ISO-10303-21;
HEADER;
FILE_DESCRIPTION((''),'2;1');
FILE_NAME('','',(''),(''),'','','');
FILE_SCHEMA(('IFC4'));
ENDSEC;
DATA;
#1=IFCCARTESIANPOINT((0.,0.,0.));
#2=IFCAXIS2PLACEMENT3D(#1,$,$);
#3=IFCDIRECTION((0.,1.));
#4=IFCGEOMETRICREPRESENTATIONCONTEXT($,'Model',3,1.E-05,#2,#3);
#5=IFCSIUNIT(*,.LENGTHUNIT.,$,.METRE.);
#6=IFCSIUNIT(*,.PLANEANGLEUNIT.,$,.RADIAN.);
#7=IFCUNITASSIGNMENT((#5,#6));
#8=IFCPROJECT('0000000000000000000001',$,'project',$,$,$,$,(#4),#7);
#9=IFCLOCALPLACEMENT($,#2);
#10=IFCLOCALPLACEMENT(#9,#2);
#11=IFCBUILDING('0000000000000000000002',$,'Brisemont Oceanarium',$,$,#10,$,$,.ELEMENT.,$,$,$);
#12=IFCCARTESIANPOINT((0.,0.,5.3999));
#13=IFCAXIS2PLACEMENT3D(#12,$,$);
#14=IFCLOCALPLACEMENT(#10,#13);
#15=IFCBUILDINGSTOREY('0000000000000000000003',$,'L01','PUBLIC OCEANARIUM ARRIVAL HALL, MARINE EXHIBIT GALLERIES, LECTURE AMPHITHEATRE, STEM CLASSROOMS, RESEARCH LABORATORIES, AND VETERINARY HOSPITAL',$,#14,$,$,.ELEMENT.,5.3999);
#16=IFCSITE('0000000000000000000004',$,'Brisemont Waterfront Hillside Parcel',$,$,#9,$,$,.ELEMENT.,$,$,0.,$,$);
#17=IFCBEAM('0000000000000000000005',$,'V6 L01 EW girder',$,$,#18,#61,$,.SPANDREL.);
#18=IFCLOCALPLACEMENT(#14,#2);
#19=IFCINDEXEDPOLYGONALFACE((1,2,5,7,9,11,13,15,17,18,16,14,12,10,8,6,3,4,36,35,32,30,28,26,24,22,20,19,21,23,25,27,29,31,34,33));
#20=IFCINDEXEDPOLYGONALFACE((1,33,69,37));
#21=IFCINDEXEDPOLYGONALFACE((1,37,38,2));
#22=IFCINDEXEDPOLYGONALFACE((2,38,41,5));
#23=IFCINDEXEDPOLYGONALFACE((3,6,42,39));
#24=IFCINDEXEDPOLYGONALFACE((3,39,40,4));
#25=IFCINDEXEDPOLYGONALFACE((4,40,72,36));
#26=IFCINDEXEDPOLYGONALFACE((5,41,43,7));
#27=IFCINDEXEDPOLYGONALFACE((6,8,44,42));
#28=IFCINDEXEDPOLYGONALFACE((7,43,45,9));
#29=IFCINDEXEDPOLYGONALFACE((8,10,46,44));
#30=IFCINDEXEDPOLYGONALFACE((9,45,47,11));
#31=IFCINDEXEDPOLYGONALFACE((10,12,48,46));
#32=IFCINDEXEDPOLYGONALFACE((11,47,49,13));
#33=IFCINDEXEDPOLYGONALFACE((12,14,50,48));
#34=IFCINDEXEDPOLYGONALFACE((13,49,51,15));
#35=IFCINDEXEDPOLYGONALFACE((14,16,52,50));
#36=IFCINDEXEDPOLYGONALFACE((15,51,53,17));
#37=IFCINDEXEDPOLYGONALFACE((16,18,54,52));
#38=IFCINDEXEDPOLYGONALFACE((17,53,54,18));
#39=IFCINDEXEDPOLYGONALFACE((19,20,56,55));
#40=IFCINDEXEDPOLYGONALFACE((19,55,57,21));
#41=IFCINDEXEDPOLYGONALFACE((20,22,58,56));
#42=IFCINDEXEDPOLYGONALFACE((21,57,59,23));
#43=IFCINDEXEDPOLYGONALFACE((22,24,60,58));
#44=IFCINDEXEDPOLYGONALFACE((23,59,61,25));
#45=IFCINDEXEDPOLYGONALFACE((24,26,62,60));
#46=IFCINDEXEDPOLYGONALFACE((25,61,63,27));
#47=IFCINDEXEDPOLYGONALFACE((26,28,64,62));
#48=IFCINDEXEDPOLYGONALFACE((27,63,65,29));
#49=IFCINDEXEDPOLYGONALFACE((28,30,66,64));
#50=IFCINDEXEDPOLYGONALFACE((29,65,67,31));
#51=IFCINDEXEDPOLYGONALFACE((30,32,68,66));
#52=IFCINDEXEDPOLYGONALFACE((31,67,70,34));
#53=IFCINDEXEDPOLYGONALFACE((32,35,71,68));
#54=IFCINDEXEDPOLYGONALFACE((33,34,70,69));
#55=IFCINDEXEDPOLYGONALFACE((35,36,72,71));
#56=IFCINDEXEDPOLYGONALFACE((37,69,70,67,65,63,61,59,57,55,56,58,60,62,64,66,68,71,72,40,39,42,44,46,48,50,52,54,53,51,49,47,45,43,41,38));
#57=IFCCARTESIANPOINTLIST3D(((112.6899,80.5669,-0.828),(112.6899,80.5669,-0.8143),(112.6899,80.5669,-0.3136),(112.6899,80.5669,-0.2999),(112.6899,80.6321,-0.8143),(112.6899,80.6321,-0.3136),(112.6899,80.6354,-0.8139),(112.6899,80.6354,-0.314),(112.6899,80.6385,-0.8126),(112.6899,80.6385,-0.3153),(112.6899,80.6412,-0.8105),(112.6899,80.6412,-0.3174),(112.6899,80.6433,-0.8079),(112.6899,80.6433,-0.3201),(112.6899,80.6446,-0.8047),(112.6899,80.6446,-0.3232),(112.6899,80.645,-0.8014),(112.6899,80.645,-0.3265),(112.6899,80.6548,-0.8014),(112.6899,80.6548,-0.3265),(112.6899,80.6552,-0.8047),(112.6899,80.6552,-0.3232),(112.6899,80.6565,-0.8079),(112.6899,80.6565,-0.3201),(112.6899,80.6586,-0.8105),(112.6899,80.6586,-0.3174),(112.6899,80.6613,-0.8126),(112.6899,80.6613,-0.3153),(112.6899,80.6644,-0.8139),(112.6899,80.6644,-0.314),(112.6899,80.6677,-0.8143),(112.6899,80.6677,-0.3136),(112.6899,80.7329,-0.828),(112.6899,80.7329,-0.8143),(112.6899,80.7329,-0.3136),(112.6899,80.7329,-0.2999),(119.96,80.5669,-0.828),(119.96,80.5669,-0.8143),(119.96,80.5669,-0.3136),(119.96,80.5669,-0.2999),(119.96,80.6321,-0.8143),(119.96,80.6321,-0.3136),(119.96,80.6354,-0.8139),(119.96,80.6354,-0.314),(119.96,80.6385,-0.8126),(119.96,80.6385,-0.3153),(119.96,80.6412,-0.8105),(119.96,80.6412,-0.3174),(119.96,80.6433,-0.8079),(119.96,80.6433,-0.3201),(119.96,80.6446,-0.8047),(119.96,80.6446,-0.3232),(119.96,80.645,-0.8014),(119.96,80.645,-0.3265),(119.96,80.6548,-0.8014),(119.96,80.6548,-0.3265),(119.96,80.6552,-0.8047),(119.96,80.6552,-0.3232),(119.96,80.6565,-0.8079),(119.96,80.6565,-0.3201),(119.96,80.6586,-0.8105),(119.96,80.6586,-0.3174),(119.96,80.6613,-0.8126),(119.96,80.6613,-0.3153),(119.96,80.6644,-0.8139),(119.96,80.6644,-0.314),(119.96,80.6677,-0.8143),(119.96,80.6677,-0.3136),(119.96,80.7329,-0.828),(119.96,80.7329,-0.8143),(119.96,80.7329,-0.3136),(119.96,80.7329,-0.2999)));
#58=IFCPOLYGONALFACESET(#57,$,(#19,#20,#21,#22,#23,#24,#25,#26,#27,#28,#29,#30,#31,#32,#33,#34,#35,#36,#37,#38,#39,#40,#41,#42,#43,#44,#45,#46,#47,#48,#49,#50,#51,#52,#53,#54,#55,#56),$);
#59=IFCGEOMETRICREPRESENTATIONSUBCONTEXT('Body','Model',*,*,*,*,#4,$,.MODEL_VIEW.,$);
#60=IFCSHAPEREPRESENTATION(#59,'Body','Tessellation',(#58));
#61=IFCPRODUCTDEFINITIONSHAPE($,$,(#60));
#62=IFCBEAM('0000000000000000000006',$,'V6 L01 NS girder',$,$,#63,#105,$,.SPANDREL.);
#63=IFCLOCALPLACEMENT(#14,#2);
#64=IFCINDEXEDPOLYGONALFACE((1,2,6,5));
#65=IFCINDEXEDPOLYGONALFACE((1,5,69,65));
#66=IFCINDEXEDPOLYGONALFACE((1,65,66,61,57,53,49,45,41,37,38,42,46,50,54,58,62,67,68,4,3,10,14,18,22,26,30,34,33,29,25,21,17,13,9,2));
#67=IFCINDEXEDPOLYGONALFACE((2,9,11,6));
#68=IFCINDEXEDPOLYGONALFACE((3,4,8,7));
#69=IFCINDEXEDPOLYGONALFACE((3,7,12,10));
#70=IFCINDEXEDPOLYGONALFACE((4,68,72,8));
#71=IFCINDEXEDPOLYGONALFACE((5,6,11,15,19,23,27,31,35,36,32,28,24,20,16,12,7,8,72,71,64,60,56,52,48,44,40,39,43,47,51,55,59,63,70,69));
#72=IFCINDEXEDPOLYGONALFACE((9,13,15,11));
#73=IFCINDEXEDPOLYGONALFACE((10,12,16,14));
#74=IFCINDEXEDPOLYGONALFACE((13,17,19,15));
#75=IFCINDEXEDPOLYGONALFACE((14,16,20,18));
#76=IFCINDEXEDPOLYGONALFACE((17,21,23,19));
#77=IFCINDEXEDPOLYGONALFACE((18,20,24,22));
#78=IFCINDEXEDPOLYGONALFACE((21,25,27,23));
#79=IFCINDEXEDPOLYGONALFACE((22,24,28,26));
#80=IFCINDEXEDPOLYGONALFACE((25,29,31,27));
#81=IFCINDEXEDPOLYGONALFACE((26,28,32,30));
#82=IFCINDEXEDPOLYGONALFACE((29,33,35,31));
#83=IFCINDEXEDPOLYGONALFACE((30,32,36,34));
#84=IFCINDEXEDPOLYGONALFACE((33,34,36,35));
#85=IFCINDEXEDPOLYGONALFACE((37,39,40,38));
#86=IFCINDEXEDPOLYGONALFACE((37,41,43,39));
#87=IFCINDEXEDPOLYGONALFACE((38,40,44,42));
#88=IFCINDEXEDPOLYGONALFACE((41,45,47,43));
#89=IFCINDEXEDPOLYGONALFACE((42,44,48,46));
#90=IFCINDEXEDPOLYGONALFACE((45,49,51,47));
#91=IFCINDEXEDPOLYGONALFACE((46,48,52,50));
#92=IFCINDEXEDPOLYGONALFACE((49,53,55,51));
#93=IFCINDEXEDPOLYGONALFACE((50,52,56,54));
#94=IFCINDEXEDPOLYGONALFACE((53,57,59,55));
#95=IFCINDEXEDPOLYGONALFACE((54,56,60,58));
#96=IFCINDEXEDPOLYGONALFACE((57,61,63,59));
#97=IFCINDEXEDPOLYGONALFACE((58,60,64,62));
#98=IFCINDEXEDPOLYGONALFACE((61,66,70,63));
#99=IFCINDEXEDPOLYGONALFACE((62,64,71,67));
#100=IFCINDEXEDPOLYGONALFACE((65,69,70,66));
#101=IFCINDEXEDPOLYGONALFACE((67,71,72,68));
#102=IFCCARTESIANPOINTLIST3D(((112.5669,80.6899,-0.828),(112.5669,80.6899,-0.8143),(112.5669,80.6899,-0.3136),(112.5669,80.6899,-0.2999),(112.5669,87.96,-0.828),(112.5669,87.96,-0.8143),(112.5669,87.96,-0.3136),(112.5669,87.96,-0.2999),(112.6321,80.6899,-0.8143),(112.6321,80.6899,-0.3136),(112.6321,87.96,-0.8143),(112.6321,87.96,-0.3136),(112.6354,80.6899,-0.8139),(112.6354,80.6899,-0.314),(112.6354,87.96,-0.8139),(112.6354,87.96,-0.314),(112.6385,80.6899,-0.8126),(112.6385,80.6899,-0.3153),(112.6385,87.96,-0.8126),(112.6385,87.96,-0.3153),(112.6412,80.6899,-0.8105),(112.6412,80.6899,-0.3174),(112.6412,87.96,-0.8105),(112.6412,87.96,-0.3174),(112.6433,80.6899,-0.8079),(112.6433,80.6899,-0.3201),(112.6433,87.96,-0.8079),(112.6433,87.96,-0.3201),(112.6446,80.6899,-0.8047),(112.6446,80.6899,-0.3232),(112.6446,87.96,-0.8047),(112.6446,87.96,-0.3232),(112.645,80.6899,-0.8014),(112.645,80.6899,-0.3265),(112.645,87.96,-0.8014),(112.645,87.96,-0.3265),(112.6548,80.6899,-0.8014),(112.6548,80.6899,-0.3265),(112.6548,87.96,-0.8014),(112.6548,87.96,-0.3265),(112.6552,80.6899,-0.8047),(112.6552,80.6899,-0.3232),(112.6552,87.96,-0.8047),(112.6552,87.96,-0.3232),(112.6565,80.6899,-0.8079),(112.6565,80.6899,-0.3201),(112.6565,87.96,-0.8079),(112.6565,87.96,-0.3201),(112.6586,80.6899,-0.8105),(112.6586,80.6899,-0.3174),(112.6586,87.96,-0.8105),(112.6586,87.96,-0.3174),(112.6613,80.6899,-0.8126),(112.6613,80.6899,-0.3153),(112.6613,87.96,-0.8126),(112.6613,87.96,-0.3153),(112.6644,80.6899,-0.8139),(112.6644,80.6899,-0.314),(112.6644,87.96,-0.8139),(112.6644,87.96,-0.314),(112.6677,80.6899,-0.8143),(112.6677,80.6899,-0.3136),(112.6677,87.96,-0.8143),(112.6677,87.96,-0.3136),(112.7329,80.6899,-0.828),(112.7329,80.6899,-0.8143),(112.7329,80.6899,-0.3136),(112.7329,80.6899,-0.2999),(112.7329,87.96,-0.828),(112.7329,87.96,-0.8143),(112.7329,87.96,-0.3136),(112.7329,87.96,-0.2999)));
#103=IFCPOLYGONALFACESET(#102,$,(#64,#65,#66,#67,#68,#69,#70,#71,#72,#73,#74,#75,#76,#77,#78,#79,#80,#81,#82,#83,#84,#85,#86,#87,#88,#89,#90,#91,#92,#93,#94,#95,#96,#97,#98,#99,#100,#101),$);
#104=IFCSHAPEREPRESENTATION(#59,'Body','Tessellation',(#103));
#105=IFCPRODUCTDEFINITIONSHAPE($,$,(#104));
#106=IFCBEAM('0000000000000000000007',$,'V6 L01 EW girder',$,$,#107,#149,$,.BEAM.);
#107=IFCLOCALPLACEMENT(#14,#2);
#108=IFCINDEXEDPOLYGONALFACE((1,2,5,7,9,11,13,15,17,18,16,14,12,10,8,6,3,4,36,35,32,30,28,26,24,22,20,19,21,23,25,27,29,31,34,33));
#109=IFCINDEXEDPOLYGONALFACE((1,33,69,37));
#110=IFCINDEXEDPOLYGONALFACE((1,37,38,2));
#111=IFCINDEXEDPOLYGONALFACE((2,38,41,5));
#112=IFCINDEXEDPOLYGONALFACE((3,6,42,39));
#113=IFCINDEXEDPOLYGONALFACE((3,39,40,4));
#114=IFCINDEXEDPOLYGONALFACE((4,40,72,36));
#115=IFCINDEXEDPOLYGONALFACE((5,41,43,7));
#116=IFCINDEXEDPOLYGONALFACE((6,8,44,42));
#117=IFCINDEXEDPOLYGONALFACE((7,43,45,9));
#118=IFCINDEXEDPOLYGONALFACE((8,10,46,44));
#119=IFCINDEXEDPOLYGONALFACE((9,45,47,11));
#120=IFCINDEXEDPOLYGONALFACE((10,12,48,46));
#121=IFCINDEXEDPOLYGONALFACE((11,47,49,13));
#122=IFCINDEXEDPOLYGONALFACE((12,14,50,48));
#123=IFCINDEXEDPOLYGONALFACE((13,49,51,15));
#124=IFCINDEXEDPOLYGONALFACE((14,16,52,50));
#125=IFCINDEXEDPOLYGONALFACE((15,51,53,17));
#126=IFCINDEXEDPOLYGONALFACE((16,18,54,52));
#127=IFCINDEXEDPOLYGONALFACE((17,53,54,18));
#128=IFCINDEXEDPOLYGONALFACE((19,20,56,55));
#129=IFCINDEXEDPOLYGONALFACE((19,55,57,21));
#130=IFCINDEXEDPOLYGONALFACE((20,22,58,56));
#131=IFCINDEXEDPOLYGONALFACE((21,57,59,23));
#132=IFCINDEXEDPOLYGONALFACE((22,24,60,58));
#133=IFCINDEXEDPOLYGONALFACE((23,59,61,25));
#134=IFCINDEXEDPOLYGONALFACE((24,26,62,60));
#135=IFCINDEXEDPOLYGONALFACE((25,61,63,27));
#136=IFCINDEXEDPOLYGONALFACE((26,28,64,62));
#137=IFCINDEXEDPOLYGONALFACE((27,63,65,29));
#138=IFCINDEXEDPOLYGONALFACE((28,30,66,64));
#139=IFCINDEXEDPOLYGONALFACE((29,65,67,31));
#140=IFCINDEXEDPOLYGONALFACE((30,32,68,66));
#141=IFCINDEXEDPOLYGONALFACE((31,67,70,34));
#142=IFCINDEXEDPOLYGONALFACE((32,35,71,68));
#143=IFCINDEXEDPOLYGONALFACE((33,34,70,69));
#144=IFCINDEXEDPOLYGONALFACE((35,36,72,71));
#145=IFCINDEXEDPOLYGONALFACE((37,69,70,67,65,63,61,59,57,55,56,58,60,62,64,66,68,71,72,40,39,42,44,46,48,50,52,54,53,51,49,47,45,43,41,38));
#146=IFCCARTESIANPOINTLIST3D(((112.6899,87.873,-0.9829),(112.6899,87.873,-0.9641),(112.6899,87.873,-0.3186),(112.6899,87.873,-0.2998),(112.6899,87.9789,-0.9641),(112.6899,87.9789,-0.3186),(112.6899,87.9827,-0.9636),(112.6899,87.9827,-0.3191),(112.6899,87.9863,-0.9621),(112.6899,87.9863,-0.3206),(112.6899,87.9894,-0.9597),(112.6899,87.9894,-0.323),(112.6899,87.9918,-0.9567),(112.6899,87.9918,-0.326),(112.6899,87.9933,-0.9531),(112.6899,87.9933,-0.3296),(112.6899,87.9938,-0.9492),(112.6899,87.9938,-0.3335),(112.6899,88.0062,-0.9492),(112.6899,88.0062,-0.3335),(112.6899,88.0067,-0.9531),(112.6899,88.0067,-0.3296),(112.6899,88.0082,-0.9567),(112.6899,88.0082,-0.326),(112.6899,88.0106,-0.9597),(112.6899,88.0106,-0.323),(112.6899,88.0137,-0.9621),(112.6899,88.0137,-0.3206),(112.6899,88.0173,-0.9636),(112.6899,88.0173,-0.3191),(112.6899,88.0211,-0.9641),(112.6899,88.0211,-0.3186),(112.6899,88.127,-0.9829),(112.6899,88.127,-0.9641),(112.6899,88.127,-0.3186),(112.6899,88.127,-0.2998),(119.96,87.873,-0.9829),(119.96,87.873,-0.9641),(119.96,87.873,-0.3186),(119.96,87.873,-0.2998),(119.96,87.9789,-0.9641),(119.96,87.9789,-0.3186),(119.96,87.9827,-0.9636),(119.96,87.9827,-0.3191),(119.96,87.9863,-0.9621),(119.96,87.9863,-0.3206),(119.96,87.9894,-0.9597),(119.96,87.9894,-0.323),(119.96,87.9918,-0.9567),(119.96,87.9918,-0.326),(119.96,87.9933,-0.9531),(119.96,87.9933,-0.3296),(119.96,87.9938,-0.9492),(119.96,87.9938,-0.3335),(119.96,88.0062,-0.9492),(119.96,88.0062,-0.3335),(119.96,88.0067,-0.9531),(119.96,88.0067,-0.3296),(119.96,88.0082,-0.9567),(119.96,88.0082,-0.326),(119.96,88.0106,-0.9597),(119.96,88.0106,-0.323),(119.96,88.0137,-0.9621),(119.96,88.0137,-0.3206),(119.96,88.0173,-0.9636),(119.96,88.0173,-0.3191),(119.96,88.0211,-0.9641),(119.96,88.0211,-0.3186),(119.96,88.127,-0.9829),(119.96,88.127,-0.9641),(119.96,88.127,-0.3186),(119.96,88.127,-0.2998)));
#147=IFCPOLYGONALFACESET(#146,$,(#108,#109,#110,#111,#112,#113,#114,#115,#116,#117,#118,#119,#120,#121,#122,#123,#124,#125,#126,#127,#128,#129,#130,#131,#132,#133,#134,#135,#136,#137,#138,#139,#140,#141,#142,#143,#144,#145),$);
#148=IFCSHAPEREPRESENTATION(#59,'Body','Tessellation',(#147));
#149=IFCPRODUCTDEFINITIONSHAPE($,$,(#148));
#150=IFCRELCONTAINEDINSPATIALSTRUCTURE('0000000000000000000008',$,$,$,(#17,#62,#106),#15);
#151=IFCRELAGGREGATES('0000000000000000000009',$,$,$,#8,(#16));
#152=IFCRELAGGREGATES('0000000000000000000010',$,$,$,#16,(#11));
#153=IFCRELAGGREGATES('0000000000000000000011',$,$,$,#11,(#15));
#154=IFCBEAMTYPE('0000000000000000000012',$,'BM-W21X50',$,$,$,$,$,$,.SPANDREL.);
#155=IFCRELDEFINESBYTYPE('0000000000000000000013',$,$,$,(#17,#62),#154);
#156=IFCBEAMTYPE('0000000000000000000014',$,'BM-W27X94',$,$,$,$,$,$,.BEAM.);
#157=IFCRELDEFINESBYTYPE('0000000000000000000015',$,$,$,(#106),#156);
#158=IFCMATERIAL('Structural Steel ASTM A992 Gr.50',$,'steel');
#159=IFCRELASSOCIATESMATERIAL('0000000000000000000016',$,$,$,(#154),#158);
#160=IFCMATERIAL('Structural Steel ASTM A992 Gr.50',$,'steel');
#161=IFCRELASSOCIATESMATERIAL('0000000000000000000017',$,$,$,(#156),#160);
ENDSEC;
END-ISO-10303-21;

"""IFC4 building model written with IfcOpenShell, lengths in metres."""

from ifc_helpers import new_model, si_unit, direction, frame, origin, origin_2d, place, context, subcontext, project, spatial, i_section, extrude, material, material_profile, profile_set, type_object, element, save


model = new_model("IFC4")

# Units and contexts
model_context = context("Model", 3, precision=1e-05, world=origin(), true_north=direction((0.0, 1.0)))
body_context = subcontext(model_context, "Body", "Model", "MODEL_VIEW")
ifc_project = project(units=[si_unit("LENGTHUNIT", "METRE"), si_unit("PLANEANGLEUNIT", "RADIAN")], contexts=[model_context])

# Site, building, storey
site_placement = place(None, origin())
site = spatial("IfcSite", under=ifc_project, at=site_placement, Name="Brisemont Waterfront Hillside Parcel", CompositionType="ELEMENT", RefElevation=0.0)
building_placement = place(site_placement, origin())
building = spatial("IfcBuilding", under=site, at=building_placement, Name="Brisemont Oceanarium", CompositionType="ELEMENT")
storey_placement = place(building_placement, frame((0.0, 0.0, 5.3999)))
storey = spatial("IfcBuildingStorey", under=building, at=storey_placement, Name="L01", Description="PUBLIC OCEANARIUM ARRIVAL HALL, MARINE EXHIBIT GALLERIES, LECTURE AMPHITHEATRE, STEM CLASSROOMS, RESEARCH LABORATORIES, AND VETERINARY HOSPITAL", CompositionType="ELEMENT", Elevation=5.3999)

# Beams
ifc_material_1 = material(Name="Structural Steel ASTM A992 Gr.50", Category="steel")
ifc_material_profile_1 = material_profile(ifc_material_1, i_section(OverallWidth=0.166, OverallDepth=0.5281, WebThickness=0.0098, FlangeThickness=0.0137, FilletRadius=0.0129, at=origin_2d()), Name="W21X50")
ifc_profile_set_1 = profile_set([ifc_material_profile_1], Name="Structural Steel ASTM A992 Gr.50")
beam_type_1 = type_object("IfcBeamType", Name="BM-W21X50", PredefinedType="SPANDREL", material=ifc_profile_set_1)
for number, where, z_axis, x_axis, name in (
    (1, (112.6899, 80.6499, -0.564), (1.0, 0.0, 0.0), (0.0, 1.0, 0.0), "V6 L01 EW girder"),
    (2, (112.6499, 80.6899, -0.564), (0.0, 1.0, 0.0), (-1.0, 0.0, 0.0), "V6 L01 NS girder"),
):
    element("IfcBeam", number, at=place(storey_placement, frame(where, z_axis=z_axis, x_axis=x_axis)), inside=storey, type_object=beam_type_1, Name=name, PredefinedType="SPANDREL", context=body_context, shape_type="SweptSolid", body=[
        extrude(i_section(OverallWidth=0.166, OverallDepth=0.5281, WebThickness=0.0098, FlangeThickness=0.0137, FilletRadius=0.0129, at=origin_2d()), origin(), (0.0, 0.0, 1.0), 7.27),
    ])
ifc_material_2 = material(Name="Structural Steel ASTM A992 Gr.50", Category="steel")
ifc_material_profile_2 = material_profile(ifc_material_2, i_section(OverallWidth=0.2539, OverallDepth=0.6831, WebThickness=0.0125, FlangeThickness=0.0188, FilletRadius=0.0149, at=origin_2d()), Name="W27X94")
ifc_profile_set_2 = profile_set([ifc_material_profile_2], Name="Structural Steel ASTM A992 Gr.50")
beam_type_2 = type_object("IfcBeamType", Name="BM-W27X94", PredefinedType="BEAM", material=ifc_profile_set_2)
beam_1_placement = place(storey_placement, frame((112.6899, 88.0, -0.6414), z_axis=(1.0, 0.0, 0.0), x_axis=(0.0, 1.0, 0.0)))
element("IfcBeam", 3, at=beam_1_placement, inside=storey, type_object=beam_type_2, Name="V6 L01 EW girder", PredefinedType="BEAM", context=body_context, shape_type="SweptSolid", body=[
    extrude(i_section(OverallWidth=0.2539, OverallDepth=0.6831, WebThickness=0.0125, FlangeThickness=0.0188, FilletRadius=0.0149, at=origin_2d()), origin(), (0.0, 0.0, 1.0), 7.27),
])

save(model, "model.ifc")
